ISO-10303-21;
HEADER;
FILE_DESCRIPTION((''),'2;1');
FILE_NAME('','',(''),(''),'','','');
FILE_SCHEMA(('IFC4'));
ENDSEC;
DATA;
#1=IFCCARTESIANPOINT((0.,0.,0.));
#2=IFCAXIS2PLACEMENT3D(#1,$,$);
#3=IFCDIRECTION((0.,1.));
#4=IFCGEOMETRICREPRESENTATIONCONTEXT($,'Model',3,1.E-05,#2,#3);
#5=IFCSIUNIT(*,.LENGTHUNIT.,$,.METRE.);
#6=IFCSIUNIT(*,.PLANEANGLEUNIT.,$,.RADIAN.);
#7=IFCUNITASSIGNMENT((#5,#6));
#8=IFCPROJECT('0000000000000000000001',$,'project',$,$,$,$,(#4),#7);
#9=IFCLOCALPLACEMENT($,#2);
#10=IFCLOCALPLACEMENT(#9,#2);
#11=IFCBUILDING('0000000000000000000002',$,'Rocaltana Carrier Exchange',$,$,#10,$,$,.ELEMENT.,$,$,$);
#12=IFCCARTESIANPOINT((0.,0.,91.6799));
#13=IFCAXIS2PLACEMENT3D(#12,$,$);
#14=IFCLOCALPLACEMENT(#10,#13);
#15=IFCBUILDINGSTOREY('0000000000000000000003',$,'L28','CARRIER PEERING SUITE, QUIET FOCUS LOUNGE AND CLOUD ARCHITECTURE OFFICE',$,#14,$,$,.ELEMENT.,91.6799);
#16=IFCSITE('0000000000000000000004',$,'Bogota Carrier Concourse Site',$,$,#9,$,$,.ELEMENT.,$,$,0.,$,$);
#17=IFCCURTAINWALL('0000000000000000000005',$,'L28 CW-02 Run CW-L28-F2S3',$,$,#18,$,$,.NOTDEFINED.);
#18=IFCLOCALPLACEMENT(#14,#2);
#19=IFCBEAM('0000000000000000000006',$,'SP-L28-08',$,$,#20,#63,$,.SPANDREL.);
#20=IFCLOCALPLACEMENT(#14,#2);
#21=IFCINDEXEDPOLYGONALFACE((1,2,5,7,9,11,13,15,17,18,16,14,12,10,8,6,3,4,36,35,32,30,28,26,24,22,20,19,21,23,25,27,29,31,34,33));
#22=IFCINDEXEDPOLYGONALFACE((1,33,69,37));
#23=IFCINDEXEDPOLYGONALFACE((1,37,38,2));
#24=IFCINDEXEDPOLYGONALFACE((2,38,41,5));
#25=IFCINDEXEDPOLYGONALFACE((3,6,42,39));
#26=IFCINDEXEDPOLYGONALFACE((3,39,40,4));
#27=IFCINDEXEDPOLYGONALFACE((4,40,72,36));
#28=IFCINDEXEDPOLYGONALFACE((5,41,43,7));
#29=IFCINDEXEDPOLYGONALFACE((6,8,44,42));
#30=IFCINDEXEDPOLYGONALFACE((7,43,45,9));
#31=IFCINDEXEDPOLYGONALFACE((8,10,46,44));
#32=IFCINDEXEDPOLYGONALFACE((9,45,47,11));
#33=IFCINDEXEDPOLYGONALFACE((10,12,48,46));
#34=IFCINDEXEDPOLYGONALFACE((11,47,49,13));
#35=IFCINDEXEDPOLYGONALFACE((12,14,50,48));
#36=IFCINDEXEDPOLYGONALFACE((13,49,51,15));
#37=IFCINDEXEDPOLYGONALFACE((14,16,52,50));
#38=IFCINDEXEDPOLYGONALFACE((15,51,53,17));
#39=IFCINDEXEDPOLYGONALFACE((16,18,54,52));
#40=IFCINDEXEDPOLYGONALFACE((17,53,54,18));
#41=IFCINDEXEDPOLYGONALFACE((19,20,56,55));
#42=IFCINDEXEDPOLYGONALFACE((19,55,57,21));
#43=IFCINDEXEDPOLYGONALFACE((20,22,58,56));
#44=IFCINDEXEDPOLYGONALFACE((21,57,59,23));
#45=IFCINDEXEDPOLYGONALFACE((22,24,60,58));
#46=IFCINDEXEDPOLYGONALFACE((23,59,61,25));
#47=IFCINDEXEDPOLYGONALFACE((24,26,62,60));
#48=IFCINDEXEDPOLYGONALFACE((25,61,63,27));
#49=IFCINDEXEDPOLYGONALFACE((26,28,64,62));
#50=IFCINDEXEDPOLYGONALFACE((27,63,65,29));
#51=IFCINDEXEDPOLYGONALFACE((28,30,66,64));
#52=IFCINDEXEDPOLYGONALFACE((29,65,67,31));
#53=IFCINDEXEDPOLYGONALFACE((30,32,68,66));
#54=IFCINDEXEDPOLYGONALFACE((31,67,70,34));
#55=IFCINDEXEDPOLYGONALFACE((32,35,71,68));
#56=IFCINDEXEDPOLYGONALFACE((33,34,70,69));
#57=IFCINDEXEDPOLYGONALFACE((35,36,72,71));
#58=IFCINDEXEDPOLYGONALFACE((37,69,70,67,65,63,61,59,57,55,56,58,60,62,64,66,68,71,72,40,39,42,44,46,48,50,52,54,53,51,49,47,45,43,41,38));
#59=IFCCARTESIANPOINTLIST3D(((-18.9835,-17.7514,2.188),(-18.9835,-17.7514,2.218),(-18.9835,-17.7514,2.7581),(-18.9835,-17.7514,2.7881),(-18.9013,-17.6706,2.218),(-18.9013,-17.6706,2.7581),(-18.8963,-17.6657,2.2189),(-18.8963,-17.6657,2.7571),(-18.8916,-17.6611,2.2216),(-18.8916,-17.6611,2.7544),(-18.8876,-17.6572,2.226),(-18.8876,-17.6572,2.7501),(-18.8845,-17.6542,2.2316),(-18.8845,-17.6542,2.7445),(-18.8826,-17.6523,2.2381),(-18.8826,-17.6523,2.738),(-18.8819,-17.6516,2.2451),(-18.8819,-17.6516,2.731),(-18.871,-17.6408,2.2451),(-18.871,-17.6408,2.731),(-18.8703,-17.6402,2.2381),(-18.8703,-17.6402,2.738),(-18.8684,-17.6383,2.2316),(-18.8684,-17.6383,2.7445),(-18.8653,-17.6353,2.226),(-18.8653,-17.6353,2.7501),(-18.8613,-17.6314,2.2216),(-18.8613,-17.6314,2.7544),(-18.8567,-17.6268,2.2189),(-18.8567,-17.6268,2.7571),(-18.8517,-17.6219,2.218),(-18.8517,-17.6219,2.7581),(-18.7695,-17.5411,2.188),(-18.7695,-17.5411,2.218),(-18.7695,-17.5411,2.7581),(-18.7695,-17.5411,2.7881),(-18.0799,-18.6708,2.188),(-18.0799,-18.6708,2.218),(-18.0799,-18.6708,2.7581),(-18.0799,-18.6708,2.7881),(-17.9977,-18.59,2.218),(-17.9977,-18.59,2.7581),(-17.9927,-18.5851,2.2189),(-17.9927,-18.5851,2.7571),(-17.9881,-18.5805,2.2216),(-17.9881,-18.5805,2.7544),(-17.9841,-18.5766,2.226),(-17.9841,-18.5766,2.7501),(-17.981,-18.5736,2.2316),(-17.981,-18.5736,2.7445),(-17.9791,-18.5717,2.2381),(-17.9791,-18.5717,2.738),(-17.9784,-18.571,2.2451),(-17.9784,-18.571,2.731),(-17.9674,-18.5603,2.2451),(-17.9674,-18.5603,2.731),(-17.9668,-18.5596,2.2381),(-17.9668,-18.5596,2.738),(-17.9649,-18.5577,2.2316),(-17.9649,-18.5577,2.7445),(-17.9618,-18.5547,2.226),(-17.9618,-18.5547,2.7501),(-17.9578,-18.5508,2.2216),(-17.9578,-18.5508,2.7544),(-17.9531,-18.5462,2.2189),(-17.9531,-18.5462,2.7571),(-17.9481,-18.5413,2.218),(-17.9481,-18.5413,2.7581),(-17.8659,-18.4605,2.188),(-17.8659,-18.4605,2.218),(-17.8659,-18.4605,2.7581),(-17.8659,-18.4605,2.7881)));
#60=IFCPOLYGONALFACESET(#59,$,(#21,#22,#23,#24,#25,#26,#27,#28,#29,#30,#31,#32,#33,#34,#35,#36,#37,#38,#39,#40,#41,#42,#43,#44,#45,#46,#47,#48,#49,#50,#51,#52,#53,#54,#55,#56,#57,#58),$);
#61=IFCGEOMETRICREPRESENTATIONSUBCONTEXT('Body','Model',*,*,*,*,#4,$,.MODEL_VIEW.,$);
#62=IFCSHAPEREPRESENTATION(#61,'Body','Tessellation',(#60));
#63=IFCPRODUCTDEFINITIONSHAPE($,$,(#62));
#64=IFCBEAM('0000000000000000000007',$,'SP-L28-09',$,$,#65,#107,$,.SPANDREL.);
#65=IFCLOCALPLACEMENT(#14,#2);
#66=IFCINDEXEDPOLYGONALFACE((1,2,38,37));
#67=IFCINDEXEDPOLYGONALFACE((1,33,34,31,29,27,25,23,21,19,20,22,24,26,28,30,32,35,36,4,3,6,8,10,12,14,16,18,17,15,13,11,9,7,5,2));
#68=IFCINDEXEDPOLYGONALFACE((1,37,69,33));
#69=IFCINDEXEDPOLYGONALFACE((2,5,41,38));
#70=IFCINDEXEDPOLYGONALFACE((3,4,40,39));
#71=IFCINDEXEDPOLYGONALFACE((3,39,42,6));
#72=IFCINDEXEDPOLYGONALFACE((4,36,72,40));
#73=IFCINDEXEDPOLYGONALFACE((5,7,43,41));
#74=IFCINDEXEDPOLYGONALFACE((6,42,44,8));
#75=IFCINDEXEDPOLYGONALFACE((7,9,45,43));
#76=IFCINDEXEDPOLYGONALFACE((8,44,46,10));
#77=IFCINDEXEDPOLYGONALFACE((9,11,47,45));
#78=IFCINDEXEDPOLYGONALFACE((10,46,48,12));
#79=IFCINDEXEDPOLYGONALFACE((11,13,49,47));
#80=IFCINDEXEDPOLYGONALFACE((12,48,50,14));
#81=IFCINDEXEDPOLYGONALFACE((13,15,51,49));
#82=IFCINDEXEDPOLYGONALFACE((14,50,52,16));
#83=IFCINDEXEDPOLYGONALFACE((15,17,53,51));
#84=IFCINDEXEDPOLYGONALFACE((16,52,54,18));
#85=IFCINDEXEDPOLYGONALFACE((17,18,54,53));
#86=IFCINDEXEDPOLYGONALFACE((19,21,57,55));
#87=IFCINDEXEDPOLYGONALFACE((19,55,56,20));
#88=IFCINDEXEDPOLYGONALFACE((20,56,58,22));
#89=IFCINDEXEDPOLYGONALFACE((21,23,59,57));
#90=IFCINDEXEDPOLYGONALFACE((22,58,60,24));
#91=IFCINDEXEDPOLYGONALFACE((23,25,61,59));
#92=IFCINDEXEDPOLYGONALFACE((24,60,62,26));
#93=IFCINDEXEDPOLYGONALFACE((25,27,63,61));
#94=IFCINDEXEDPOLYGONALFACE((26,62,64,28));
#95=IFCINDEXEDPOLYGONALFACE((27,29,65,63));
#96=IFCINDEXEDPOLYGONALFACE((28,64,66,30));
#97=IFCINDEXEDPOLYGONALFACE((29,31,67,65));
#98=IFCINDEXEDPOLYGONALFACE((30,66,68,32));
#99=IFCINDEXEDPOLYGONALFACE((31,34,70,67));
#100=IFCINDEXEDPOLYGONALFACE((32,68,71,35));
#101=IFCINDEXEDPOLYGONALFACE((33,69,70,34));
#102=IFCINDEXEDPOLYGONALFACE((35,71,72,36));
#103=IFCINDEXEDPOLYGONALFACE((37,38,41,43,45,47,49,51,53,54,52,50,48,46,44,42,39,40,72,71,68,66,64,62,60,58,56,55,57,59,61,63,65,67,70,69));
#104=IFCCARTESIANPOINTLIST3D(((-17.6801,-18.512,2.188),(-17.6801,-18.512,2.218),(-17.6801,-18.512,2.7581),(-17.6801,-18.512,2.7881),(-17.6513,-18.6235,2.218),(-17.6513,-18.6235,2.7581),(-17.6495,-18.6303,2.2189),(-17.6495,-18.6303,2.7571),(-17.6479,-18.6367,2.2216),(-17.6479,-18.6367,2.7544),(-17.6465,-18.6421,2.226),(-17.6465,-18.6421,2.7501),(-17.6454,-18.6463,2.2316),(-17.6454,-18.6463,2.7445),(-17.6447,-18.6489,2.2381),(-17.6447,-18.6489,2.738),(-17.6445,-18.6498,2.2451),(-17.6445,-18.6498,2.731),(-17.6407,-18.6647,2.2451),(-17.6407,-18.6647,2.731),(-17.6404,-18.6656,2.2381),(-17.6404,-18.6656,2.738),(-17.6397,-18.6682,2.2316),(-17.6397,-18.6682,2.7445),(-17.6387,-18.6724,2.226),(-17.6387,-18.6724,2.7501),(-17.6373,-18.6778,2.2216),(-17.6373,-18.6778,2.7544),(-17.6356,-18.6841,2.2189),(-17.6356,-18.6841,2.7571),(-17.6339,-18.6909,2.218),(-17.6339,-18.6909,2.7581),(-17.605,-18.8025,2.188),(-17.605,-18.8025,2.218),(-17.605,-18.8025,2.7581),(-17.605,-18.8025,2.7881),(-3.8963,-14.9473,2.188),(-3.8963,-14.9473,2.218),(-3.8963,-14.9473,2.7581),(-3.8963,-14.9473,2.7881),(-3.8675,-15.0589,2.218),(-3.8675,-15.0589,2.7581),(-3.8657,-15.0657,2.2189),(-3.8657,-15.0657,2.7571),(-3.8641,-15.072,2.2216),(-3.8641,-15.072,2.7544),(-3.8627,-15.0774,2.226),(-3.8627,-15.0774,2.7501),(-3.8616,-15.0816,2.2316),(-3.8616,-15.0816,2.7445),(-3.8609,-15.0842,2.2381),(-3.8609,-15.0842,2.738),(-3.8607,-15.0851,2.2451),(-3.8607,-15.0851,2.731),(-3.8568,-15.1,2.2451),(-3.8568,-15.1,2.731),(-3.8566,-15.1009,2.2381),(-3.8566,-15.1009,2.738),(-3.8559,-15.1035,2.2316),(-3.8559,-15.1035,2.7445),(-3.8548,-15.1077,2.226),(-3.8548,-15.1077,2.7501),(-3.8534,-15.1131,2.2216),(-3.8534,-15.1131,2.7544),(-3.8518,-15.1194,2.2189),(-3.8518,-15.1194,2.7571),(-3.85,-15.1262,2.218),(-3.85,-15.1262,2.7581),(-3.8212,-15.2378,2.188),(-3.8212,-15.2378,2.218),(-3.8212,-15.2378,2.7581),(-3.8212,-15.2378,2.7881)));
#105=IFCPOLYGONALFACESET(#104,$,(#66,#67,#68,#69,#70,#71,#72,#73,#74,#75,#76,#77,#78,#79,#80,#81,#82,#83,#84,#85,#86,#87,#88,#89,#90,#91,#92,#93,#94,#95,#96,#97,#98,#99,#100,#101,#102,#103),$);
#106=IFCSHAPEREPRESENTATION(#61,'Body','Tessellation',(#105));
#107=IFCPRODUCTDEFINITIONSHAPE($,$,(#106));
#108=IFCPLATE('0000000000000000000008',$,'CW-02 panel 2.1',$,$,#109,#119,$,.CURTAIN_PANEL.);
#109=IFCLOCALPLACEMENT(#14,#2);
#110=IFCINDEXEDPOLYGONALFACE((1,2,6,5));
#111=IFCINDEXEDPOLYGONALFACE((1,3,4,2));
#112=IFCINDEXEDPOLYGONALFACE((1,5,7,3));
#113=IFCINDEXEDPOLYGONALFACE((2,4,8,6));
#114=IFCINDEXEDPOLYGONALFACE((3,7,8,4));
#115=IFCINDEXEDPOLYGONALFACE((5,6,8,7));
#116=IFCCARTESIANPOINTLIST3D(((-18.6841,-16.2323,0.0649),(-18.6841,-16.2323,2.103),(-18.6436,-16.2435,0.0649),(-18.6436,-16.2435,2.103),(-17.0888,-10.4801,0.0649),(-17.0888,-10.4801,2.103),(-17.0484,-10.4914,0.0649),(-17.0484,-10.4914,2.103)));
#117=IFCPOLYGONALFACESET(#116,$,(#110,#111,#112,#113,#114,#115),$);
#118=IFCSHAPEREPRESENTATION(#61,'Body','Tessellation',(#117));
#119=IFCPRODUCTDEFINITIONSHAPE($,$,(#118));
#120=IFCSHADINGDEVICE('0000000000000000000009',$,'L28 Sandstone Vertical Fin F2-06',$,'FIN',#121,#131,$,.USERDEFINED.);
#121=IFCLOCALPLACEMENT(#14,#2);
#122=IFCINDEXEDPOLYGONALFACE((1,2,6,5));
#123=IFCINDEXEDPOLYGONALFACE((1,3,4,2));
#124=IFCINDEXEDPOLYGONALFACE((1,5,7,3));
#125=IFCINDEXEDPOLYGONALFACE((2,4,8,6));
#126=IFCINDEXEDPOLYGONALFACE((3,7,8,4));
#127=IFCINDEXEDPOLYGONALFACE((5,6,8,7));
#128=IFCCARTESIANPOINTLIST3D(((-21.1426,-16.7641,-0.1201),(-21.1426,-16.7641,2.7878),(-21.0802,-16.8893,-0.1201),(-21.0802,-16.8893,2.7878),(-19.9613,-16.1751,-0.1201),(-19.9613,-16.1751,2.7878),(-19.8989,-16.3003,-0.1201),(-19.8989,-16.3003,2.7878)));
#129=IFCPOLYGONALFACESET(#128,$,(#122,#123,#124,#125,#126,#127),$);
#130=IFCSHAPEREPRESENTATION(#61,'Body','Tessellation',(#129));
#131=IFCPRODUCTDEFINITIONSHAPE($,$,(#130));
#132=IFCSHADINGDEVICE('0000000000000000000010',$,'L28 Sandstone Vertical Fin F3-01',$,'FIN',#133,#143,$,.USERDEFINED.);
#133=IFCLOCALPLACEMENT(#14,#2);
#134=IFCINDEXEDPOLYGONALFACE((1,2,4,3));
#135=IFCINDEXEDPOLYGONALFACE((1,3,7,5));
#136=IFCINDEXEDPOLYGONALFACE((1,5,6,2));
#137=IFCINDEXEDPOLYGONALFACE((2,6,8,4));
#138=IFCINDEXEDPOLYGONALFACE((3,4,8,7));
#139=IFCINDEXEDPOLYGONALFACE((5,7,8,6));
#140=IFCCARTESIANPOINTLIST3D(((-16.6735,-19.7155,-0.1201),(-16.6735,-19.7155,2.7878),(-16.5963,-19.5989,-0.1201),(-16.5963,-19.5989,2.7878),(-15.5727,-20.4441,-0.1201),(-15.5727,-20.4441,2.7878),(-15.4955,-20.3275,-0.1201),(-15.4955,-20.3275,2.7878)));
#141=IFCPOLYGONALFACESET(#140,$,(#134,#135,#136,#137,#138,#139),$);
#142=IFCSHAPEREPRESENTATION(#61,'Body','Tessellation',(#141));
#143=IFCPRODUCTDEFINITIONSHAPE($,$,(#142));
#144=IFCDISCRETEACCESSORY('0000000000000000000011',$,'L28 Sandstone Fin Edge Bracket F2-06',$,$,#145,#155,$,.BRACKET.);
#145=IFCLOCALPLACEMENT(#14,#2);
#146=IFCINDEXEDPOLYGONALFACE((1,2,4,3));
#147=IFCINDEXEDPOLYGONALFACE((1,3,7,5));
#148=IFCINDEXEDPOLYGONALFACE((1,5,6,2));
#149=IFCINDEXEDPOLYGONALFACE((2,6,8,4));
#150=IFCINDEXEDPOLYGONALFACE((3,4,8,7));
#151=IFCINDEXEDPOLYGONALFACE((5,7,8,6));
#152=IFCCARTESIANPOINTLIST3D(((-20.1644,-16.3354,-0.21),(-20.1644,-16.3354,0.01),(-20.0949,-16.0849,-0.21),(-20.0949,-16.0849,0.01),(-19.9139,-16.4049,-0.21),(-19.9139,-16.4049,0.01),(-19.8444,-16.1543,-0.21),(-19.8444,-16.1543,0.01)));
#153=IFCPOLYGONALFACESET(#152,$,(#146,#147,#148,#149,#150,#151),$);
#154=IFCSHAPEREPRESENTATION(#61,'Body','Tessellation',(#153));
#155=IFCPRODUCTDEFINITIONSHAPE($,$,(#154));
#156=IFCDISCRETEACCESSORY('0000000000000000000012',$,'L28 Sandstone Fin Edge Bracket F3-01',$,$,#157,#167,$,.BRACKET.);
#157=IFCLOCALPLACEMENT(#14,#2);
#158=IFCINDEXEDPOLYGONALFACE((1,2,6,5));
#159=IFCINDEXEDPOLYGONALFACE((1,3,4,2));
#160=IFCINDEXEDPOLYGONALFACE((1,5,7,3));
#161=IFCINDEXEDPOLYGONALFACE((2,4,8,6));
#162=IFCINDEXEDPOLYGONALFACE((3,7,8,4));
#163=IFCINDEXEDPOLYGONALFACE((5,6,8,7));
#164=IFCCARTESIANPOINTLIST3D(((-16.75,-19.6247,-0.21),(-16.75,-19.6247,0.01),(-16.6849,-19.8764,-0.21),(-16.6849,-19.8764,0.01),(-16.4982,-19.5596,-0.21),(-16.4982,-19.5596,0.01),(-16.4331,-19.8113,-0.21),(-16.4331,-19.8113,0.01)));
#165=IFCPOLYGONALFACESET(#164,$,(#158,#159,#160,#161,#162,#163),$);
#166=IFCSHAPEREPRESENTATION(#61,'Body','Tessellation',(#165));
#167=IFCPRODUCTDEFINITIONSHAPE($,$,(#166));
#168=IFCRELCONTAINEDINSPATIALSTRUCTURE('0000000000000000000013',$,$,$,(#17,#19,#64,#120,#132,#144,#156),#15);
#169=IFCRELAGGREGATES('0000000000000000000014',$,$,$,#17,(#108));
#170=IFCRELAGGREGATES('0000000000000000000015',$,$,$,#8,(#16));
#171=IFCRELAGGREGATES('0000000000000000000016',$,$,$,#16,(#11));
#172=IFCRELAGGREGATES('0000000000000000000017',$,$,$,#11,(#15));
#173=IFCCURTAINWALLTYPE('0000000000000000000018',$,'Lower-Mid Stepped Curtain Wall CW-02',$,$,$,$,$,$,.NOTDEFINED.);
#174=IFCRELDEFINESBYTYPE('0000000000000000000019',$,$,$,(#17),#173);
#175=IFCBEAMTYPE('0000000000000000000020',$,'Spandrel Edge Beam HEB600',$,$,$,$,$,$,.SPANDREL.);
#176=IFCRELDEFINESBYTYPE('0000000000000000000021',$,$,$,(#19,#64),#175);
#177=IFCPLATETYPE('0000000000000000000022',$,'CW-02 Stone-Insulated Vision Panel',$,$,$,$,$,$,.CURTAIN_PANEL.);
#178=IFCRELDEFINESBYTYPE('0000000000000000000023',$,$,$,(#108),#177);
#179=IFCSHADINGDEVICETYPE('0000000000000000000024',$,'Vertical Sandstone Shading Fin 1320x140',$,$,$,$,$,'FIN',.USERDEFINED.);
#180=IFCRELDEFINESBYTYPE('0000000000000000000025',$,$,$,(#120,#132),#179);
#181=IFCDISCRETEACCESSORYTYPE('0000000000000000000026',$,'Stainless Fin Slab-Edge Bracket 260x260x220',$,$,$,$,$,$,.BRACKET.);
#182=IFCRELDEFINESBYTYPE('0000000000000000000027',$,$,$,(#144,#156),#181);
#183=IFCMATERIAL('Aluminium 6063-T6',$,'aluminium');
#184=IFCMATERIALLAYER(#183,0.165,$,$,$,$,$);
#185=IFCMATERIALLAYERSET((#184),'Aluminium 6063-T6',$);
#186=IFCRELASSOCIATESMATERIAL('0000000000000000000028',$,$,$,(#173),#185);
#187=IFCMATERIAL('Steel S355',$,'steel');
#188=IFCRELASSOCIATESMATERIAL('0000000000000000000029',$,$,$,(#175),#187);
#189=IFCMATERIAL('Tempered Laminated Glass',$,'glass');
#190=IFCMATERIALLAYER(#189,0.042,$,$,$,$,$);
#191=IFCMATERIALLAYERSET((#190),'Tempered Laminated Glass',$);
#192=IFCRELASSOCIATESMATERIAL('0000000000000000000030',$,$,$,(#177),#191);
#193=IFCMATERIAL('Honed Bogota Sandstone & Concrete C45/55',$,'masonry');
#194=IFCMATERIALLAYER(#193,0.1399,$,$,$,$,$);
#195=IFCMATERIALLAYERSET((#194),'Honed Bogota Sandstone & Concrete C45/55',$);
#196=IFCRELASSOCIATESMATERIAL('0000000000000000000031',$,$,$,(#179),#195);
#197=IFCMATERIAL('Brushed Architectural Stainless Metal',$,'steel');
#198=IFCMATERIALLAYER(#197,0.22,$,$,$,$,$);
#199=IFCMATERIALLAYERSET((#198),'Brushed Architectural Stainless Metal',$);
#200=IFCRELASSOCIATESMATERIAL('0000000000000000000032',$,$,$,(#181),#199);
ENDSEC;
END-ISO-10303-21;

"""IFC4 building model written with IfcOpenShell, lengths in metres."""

from ifc_helpers import new_model, si_unit, direction, frame, origin, origin_2d, place, context, subcontext, project, spatial, rectangle, i_section, extrude, material, layer, layer_set, material_profile, profile_set, type_object, element, aggregate, save


model = new_model("IFC4")

# Units and contexts
model_context = context("Model", 3, precision=1e-05, world=origin(), true_north=direction((0.0, 1.0)))
body_context = subcontext(model_context, "Body", "Model", "MODEL_VIEW")
ifc_project = project(units=[si_unit("LENGTHUNIT", "METRE"), si_unit("PLANEANGLEUNIT", "RADIAN")], contexts=[model_context])

# Site, building, storey
site_placement = place(None, origin())
site = spatial("IfcSite", under=ifc_project, at=site_placement, Name="Bogota Carrier Concourse Site", CompositionType="ELEMENT", RefElevation=0.0)
building_placement = place(site_placement, origin())
building = spatial("IfcBuilding", under=site, at=building_placement, Name="Rocaltana Carrier Exchange", CompositionType="ELEMENT")
storey_placement = place(building_placement, frame((0.0, 0.0, 91.6799)))
storey = spatial("IfcBuildingStorey", under=building, at=storey_placement, Name="L28", Description="CARRIER PEERING SUITE, QUIET FOCUS LOUNGE AND CLOUD ARCHITECTURE OFFICE", CompositionType="ELEMENT", Elevation=91.6799)

# Curtain wall
ifc_material_1 = material(Name="Aluminium 6063-T6", Category="aluminium")
ifc_layer_1 = layer(ifc_material_1, 0.165)
ifc_layer_set_1 = layer_set([ifc_layer_1], Name="Aluminium 6063-T6")
curtain_wall_type = type_object("IfcCurtainWallType", Name="Lower-Mid Stepped Curtain Wall CW-02", PredefinedType="NOTDEFINED", material=ifc_layer_set_1)
curtain_wall_1_placement = place(storey_placement, origin())
curtain_wall_1 = element("IfcCurtainWall", 1, at=curtain_wall_1_placement, inside=storey, type_object=curtain_wall_type, Name="L28 CW-02 Run CW-L28-F2S3", PredefinedType="NOTDEFINED")

# Beams
ifc_material_2 = material(Name="Steel S355", Category="steel")
ifc_material_profile_1 = material_profile(ifc_material_2, i_section(OverallWidth=0.3, OverallDepth=0.6001, WebThickness=0.0154, FlangeThickness=0.03, FilletRadius=0.0271, at=origin_2d()), Name="HEB600")
ifc_profile_set_1 = profile_set([ifc_material_profile_1], Name="Steel S355")
beam_type_1 = type_object("IfcBeamType", Name="Spandrel Edge Beam HEB600", PredefinedType="SPANDREL", material=ifc_profile_set_1)
beam_1_placement = place(storey_placement, frame((-18.8765, -17.6462, 2.488), z_axis=(0.700925, -0.713235, 0.0), x_axis=(0.713235, 0.700925, 0.0)))
element("IfcBeam", 2, at=beam_1_placement, inside=storey, type_object=beam_type_1, Name="SP-L28-08", PredefinedType="SPANDREL", context=body_context, shape_type="SweptSolid", body=[
    extrude(i_section(OverallWidth=0.3, OverallDepth=0.6001, WebThickness=0.0154, FlangeThickness=0.03, FilletRadius=0.0271, at=origin_2d()), origin(), (0.0, 0.0, 1.0), 1.2891),
])
beam_2_placement = place(storey_placement, frame((-17.6426, -18.6572, 2.488), z_axis=(0.968149, 0.250375, 0.0), x_axis=(-0.250375, 0.968149, 0.0)))
element("IfcBeam", 3, at=beam_2_placement, inside=storey, type_object=beam_type_1, Name="SP-L28-09", PredefinedType="SPANDREL", context=body_context, shape_type="SweptSolid", body=[
    extrude(i_section(OverallWidth=0.3, OverallDepth=0.6001, WebThickness=0.0154, FlangeThickness=0.03, FilletRadius=0.0271, at=origin_2d()), origin(), (0.0, 0.0, 1.0), 14.2373),
])

# Plate
ifc_material_3 = material(Name="Tempered Laminated Glass", Category="glass")
ifc_layer_2 = layer(ifc_material_3, 0.042)
ifc_layer_set_2 = layer_set([ifc_layer_2], Name="Tempered Laminated Glass")
plate_type = type_object("IfcPlateType", Name="CW-02 Stone-Insulated Vision Panel", PredefinedType="CURTAIN_PANEL", material=ifc_layer_set_2)
plate_placement = place(storey_placement, frame((-17.8662, -13.3618, 0.0649), z_axis=(0.0, 0.0, 1.0), x_axis=(-0.267243, -0.963629, 0.0)))
plate = element("IfcPlate", 4, at=plate_placement, type_object=plate_type, Name="CW-02 panel 2.1", PredefinedType="CURTAIN_PANEL", context=body_context, shape_type="SweptSolid", body=[
    extrude(rectangle(XDim=5.9692, YDim=0.042, at=origin_2d()), origin(), (0.0, 0.0, 1.0), 2.0381),
])
aggregate(curtain_wall_1, [plate])

# Shading devices
ifc_material_4 = material(Name="Honed Bogota Sandstone & Concrete C45/55", Category="masonry")
ifc_layer_3 = layer(ifc_material_4, 0.1399)
ifc_layer_set_3 = layer_set([ifc_layer_3], Name="Honed Bogota Sandstone & Concrete C45/55")
shading_device_type = type_object("IfcShadingDeviceType", Name="Vertical Sandstone Shading Fin 1320x140", ElementType="FIN", PredefinedType="USERDEFINED", material=ifc_layer_set_3)
for number, where, z_axis, x_axis, name in (
    (5, (-20.5208, -16.5322, -0.1201), (0.0, 0.0, 1.0), (-0.894934, -0.446198, 0.0), "L28 Sandstone Vertical Fin F2-06"),
    (6, (-16.0845, -20.0215, -0.1201), (0.0, 0.0, 1.0), (0.833886, -0.551937, 0.0), "L28 Sandstone Vertical Fin F3-01"),
):
    element("IfcShadingDevice", number, at=place(storey_placement, frame(where, z_axis=z_axis, x_axis=x_axis)), inside=storey, type_object=shading_device_type, Name=name, ObjectType="FIN", PredefinedType="USERDEFINED", context=body_context, shape_type="SweptSolid", body=[
        extrude(rectangle(XDim=1.3201, YDim=0.1399, at=origin_2d()), origin(), (0.0, 0.0, 1.0), 2.908),
    ])

# Discrete accessories
ifc_material_5 = material(Name="Brushed Architectural Stainless Metal", Category="steel")
ifc_layer_4 = layer(ifc_material_5, 0.22)
ifc_layer_set_4 = layer_set([ifc_layer_4], Name="Brushed Architectural Stainless Metal")
discrete_accessory_type = type_object("IfcDiscreteAccessoryType", Name="Stainless Fin Slab-Edge Bracket 260x260x220", PredefinedType="BRACKET", material=ifc_layer_set_4)
for number, where, z_axis, x_axis, name in (
    (7, (-20.0044, -16.2449, -0.21), (0.0, 0.0, 1.0), (-0.267238, -0.96363, 0.0), "L28 Sandstone Fin Edge Bracket F2-06"),
    (8, (-16.5916, -19.718, -0.21), (0.0, 0.0, 1.0), (0.968148, 0.25038, 0.0), "L28 Sandstone Fin Edge Bracket F3-01"),
):
    element("IfcDiscreteAccessory", number, at=place(storey_placement, frame(where, z_axis=z_axis, x_axis=x_axis)), inside=storey, type_object=discrete_accessory_type, Name=name, PredefinedType="BRACKET", context=body_context, shape_type="SweptSolid", body=[
        extrude(rectangle(XDim=0.26, YDim=0.26, at=origin_2d()), origin(), (0.0, 0.0, 1.0), 0.22),
    ])

save(model, "model.ifc")
